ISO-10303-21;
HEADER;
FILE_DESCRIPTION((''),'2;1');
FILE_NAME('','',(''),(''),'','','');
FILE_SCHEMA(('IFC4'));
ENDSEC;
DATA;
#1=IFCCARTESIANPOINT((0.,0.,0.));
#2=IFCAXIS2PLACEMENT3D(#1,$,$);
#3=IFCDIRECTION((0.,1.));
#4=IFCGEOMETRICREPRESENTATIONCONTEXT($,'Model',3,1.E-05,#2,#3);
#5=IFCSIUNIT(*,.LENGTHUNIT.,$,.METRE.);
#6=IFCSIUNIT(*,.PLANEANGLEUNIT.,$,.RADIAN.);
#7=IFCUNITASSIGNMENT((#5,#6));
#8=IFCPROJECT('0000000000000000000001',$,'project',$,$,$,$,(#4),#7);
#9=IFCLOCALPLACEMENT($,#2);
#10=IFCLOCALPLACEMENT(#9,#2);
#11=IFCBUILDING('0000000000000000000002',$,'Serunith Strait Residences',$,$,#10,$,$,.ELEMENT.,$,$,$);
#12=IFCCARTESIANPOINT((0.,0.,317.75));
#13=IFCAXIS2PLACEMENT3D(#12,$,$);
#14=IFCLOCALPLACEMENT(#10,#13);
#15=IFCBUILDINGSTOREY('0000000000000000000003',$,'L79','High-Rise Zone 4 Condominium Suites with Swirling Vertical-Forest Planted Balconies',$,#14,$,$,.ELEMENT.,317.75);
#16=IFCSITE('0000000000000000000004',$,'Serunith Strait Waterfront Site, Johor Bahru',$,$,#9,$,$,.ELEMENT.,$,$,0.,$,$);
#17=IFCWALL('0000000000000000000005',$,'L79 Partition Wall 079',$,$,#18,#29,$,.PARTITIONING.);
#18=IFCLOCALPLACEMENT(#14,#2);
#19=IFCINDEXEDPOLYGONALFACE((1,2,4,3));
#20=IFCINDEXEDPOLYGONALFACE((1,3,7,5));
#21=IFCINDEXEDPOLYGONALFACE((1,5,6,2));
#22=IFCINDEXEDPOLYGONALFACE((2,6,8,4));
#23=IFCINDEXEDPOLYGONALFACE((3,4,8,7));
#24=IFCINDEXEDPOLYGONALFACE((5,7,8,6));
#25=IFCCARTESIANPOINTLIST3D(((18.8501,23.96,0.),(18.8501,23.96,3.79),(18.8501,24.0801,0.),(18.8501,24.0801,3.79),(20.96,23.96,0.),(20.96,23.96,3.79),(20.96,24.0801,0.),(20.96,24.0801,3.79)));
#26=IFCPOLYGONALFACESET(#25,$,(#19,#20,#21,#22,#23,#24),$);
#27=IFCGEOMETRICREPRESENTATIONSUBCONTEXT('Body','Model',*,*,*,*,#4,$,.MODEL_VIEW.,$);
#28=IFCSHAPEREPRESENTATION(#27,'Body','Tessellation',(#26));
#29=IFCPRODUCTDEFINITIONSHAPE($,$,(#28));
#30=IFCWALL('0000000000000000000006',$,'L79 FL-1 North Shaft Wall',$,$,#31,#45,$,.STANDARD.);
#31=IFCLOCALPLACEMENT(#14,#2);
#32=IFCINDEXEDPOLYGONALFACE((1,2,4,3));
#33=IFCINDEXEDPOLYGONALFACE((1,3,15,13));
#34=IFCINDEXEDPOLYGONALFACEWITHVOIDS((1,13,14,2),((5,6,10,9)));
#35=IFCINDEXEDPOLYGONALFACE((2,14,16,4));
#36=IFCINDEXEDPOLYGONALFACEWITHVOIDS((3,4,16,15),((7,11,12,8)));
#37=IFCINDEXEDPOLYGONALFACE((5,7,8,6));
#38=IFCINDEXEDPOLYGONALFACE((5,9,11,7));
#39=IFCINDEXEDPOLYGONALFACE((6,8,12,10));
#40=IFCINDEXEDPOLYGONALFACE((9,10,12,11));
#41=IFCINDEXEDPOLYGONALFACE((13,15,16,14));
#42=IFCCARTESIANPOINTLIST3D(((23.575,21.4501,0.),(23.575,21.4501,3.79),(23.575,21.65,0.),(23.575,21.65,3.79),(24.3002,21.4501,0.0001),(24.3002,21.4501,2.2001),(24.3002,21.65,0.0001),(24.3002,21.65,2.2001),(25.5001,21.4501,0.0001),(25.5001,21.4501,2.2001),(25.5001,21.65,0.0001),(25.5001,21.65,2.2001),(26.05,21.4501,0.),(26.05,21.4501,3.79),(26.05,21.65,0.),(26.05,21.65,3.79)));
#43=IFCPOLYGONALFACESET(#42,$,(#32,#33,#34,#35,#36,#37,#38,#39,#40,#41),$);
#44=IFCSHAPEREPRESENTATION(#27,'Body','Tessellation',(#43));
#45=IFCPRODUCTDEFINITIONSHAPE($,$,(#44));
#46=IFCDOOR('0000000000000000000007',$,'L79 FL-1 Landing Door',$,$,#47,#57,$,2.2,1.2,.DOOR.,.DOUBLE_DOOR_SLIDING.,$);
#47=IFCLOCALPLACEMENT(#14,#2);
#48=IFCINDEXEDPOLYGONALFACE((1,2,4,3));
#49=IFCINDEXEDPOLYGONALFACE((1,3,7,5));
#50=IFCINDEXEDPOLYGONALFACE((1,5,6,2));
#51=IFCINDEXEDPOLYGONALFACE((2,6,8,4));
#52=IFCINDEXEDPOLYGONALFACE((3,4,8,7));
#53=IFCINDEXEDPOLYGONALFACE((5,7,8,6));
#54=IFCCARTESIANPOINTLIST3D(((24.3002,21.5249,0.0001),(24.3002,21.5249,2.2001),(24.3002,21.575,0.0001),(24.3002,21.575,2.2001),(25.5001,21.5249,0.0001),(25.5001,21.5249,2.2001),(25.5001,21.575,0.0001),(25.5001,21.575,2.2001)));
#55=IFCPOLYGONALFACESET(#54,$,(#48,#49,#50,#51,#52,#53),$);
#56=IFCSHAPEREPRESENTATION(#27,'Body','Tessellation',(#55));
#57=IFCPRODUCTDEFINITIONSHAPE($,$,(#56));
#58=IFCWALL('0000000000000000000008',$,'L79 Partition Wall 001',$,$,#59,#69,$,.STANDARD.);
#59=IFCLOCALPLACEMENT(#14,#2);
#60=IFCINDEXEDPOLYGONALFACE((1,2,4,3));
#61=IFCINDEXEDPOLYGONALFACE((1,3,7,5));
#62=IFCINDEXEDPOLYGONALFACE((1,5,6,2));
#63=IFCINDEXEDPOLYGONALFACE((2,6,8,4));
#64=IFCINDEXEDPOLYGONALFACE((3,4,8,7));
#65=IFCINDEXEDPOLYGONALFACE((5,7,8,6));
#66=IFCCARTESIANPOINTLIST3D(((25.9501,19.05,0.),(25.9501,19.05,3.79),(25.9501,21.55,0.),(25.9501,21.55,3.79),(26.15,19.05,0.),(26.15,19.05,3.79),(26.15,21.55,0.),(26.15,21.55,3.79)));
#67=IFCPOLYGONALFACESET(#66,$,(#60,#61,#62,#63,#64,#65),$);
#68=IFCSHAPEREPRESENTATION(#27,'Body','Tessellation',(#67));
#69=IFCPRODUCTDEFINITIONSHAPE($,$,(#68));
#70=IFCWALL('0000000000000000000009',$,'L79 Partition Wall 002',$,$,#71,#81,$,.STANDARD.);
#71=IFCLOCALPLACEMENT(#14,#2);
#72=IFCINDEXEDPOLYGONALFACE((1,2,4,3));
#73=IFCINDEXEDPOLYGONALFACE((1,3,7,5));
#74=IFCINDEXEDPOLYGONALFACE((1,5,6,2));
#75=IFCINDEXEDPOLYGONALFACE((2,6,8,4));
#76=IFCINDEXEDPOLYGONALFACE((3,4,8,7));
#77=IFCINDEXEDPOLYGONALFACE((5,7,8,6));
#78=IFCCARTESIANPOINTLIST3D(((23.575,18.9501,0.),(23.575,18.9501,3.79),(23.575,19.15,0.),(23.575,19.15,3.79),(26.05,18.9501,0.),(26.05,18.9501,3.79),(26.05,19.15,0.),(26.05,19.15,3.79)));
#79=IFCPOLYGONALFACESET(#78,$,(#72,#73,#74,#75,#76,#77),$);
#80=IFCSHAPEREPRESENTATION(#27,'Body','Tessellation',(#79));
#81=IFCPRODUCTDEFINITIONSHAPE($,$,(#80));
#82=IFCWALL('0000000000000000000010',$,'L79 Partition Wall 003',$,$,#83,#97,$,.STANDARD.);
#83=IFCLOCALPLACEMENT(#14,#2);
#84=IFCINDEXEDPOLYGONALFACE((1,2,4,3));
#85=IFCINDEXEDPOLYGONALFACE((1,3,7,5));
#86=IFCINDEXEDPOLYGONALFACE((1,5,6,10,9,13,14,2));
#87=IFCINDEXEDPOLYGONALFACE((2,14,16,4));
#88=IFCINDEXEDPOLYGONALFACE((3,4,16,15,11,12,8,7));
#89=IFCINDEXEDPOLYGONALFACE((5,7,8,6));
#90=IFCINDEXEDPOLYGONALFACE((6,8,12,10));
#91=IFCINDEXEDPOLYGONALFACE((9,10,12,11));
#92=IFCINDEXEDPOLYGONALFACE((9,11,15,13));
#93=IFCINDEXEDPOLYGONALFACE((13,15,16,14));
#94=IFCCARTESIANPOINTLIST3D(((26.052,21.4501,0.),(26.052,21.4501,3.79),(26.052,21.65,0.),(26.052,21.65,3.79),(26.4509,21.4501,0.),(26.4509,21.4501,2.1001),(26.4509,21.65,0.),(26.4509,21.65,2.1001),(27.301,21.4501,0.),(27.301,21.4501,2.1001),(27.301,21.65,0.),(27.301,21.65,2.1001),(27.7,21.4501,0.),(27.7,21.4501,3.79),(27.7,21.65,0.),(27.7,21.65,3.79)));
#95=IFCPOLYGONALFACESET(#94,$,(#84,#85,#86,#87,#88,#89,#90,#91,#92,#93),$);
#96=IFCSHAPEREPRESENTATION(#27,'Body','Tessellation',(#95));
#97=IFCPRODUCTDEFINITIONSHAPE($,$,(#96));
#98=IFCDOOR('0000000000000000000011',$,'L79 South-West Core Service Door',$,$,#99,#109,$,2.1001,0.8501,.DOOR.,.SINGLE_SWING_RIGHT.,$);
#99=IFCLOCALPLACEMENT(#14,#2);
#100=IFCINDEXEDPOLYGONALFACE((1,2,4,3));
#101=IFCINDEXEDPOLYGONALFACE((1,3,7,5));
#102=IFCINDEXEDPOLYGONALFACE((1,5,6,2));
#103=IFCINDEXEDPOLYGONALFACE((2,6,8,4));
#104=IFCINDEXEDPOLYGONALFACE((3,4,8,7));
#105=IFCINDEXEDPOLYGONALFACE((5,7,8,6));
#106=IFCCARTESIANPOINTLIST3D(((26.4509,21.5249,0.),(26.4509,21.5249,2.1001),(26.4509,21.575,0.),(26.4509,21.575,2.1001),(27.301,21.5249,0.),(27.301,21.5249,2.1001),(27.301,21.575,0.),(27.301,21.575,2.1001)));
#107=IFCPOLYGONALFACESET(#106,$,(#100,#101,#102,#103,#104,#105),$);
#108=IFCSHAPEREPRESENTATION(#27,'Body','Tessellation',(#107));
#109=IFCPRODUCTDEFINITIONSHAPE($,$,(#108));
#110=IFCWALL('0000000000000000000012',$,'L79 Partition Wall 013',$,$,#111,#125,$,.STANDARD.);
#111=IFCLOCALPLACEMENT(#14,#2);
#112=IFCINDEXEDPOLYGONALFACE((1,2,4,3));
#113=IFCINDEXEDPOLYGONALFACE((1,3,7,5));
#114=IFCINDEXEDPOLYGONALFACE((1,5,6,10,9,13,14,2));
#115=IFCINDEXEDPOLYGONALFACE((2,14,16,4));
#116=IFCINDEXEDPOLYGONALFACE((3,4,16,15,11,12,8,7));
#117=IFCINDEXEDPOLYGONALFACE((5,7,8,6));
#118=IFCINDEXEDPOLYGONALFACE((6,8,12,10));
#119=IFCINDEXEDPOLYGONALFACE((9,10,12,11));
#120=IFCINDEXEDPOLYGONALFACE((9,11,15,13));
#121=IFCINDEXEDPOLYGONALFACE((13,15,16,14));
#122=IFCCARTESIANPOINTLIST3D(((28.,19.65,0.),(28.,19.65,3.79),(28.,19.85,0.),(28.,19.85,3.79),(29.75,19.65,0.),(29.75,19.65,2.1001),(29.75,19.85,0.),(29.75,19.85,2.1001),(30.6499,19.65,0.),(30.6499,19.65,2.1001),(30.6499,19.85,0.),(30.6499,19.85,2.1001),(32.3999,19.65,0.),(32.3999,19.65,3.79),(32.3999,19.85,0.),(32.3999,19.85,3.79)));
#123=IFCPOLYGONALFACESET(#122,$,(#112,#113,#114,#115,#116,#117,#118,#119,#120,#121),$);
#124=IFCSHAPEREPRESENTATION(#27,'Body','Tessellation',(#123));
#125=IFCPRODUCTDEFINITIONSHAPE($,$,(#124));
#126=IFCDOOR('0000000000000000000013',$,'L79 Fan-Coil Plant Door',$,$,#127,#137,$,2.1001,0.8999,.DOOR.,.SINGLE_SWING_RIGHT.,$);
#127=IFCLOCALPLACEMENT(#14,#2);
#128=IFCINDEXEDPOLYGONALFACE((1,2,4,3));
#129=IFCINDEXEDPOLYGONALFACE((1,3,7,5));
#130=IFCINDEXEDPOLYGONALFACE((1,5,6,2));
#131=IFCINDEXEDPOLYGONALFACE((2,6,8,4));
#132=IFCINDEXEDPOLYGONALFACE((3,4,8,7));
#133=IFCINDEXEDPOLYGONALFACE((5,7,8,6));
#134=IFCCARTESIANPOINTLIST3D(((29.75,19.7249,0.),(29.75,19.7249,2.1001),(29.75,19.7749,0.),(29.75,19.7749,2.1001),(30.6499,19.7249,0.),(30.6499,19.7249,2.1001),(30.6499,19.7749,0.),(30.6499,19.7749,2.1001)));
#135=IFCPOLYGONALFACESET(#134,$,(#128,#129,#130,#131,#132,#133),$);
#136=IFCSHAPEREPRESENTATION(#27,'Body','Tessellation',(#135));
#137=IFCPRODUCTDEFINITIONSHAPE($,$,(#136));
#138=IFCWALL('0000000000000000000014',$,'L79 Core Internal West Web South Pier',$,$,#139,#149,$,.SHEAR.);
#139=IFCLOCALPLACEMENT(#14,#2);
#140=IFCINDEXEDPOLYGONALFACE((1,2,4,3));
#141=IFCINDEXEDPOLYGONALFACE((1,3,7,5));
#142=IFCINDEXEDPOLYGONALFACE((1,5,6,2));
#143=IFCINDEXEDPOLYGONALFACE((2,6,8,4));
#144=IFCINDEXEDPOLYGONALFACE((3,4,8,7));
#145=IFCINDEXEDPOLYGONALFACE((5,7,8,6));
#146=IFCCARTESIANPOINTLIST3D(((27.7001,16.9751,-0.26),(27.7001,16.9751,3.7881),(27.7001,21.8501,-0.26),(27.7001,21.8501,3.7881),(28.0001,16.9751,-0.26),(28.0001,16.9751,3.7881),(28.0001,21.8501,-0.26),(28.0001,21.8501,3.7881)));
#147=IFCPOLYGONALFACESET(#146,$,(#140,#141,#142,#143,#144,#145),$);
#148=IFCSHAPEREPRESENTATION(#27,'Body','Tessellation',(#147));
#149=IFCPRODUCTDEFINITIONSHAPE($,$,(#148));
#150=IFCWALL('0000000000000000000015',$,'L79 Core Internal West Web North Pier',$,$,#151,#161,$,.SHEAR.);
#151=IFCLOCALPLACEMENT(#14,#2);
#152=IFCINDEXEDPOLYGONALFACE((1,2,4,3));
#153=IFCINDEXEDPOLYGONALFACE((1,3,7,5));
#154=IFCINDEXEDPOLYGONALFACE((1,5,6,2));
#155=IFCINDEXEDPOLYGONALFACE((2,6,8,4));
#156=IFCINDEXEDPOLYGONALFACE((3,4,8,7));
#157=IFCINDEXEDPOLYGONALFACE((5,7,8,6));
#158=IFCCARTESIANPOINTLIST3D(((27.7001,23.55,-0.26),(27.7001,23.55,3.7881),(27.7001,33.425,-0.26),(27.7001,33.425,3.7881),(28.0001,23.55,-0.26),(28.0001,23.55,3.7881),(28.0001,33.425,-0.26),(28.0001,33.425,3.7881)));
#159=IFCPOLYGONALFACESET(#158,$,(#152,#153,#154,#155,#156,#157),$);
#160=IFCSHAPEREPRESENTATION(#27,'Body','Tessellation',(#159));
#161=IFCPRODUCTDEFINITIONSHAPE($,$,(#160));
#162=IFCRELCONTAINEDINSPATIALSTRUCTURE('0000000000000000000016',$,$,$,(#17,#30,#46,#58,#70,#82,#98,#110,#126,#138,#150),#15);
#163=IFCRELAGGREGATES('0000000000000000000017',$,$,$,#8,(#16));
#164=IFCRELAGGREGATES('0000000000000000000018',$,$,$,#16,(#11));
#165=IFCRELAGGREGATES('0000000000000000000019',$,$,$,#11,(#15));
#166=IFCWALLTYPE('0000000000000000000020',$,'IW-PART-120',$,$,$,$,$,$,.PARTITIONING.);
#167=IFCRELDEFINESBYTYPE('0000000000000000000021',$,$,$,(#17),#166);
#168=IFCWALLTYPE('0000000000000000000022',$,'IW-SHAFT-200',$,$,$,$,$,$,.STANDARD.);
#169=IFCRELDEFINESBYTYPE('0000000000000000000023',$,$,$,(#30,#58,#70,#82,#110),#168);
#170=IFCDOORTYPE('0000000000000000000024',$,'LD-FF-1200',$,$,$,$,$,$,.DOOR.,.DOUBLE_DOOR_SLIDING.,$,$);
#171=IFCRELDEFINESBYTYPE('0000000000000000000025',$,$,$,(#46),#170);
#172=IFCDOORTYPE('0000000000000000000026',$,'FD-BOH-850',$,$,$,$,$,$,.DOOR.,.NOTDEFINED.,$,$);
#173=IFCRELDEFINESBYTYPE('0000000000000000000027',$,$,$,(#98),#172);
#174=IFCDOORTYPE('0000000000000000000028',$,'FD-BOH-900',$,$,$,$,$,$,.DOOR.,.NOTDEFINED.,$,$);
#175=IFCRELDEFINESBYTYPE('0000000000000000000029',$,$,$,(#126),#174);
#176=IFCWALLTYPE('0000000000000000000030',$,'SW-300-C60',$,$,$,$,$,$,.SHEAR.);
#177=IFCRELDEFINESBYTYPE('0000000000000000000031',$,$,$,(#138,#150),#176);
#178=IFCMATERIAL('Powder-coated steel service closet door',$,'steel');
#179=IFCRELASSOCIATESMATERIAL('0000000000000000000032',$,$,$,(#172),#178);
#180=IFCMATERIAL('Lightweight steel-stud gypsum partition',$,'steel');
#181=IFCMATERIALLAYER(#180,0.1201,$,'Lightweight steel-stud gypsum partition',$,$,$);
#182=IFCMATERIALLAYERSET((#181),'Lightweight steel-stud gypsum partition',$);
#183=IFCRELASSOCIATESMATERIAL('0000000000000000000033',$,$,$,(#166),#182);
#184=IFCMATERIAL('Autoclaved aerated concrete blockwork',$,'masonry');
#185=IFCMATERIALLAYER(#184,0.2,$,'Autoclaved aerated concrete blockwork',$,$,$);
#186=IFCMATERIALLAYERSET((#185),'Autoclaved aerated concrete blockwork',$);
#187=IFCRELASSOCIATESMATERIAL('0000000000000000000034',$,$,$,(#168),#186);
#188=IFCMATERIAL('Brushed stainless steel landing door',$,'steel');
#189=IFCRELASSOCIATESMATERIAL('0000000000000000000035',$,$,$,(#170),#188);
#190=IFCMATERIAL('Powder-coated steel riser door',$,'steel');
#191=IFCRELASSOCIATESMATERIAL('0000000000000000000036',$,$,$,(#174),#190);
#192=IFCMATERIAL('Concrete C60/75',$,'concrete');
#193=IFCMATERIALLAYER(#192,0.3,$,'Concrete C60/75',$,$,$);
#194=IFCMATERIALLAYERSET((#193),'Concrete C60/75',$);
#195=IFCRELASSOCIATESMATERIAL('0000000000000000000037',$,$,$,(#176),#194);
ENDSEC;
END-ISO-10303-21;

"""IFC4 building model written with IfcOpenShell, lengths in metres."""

from ifc_helpers import new_model, si_unit, direction, frame, frame_2d, origin, place, context, subcontext, project, spatial, rectangle, extrude, source, transform, mapped, material, layer, layer_set, type_object, element, fill, save


model = new_model("IFC4")

# Units and contexts
model_context = context("Model", 3, precision=1e-05, world=origin(), true_north=direction((0.0, 1.0)))
body_context = subcontext(model_context, "Body", "Model", "MODEL_VIEW")
ifc_project = project(units=[si_unit("LENGTHUNIT", "METRE"), si_unit("PLANEANGLEUNIT", "RADIAN")], contexts=[model_context])

# Site, building, storey
site_placement = place(None, origin())
site = spatial("IfcSite", under=ifc_project, at=site_placement, Name="Serunith Strait Waterfront Site, Johor Bahru", CompositionType="ELEMENT", RefElevation=0.0)
building_placement = place(site_placement, origin())
building = spatial("IfcBuilding", under=site, at=building_placement, Name="Serunith Strait Residences", CompositionType="ELEMENT")
storey_placement = place(building_placement, frame((0.0, 0.0, 317.75)))
storey = spatial("IfcBuildingStorey", under=building, at=storey_placement, Name="L79", Description="High-Rise Zone 4 Condominium Suites with Swirling Vertical-Forest Planted Balconies", CompositionType="ELEMENT", Elevation=317.75)

# Shared definitions
ifc_material_1 = material(Name="Powder-coated steel service closet door", Category="steel")
door_type_1 = type_object("IfcDoorType", Name="FD-BOH-850", OperationType="NOTDEFINED", PredefinedType="DOOR", material=ifc_material_1)
shared_shape_1 = source(origin(), body_context, "Body", "SweptSolid", [
    extrude(rectangle(XDim=0.8501, YDim=2.1001, at=frame_2d((0.425, 1.05))), frame((0.0, 0.0249, 0.0), z_axis=(0.0, -1.0, 0.0), x_axis=(1.0, 0.0, 0.0)), (0.0, 0.0, 1.0), 0.05),
])

# Wall
ifc_material_2 = material(Name="Lightweight steel-stud gypsum partition", Category="steel")
ifc_layer_1 = layer(ifc_material_2, 0.1201, Name="Lightweight steel-stud gypsum partition")
ifc_layer_set_1 = layer_set([ifc_layer_1], Name="Lightweight steel-stud gypsum partition")
wall_type_1 = type_object("IfcWallType", Name="IW-PART-120", PredefinedType="PARTITIONING", material=ifc_layer_set_1)
wall_1_placement = place(storey_placement, frame((18.8501, 24.02, 0.0), z_axis=(0.0, 0.0, 1.0), x_axis=(1.0, 0.0, 0.0)))
element("IfcWall", 1, at=wall_1_placement, inside=storey, type_object=wall_type_1, Name="L79 Partition Wall 079", PredefinedType="PARTITIONING", context=body_context, shape_type="SweptSolid", body=[
    extrude(rectangle(XDim=2.1099, YDim=0.1201, at=frame_2d((1.0549, 0.0))), origin(), (0.0, 0.0, 1.0), 3.79),
])

# Wall, opening, door
ifc_material_3 = material(Name="Autoclaved aerated concrete blockwork", Category="masonry")
ifc_layer_2 = layer(ifc_material_3, 0.2, Name="Autoclaved aerated concrete blockwork")
ifc_layer_set_2 = layer_set([ifc_layer_2], Name="Autoclaved aerated concrete blockwork")
wall_type_2 = type_object("IfcWallType", Name="IW-SHAFT-200", PredefinedType="STANDARD", material=ifc_layer_set_2)
wall_2_placement = place(storey_placement, frame((23.575, 21.55, 0.0), z_axis=(0.0, 0.0, 1.0), x_axis=(1.0, 0.0, 0.0)))
wall_2 = element("IfcWall", 2, at=wall_2_placement, inside=storey, type_object=wall_type_2, Name="L79 FL-1 North Shaft Wall", PredefinedType="STANDARD", context=body_context, shape_type="SweptSolid", body=[
    extrude(rectangle(XDim=2.4751, YDim=0.2, at=frame_2d((1.2375, 0.0))), origin(), (0.0, 0.0, 1.0), 3.79),
])
opening_1_placement = place(wall_2_placement, frame((0.7251, 0.0, 0.0)))
opening_1 = element("IfcOpeningElement", 3, at=opening_1_placement, cuts=wall_2, PredefinedType="OPENING", context=body_context, shape_type="SweptSolid", body=[
    extrude(rectangle(XDim=1.2, YDim=2.2, at=frame_2d((0.6001, 1.1001))), frame((0.0, 0.1099, 0.0), z_axis=(0.0, -1.0, 0.0), x_axis=(1.0, 0.0, 0.0)), (0.0, 0.0, 1.0), 0.22),
])
ifc_material_4 = material(Name="Brushed stainless steel landing door", Category="steel")
door_type_2 = type_object("IfcDoorType", Name="LD-FF-1200", OperationType="DOUBLE_DOOR_SLIDING", PredefinedType="DOOR", material=ifc_material_4)
shared_shape_2 = source(origin(), body_context, "Body", "SweptSolid", [
    extrude(rectangle(XDim=1.2, YDim=2.2, at=frame_2d((0.6001, 1.1001))), frame((0.0, 0.0249, 0.0), z_axis=(0.0, -1.0, 0.0), x_axis=(1.0, 0.0, 0.0)), (0.0, 0.0, 1.0), 0.05),
])
door_1_placement = place(opening_1_placement, origin())
door_1 = element("IfcDoor", 4, at=door_1_placement, inside=storey, type_object=door_type_2, Name="L79 FL-1 Landing Door", OperationType="DOUBLE_DOOR_SLIDING", OverallHeight=2.2, OverallWidth=1.2, PredefinedType="DOOR", context=body_context, shape_type="MappedRepresentation", body=[
    mapped(shared_shape_2, transform((0.0, 0.0, 0.0), scale=1.0)),
])
fill(opening_1, door_1)

# Walls
wall_3_placement = place(storey_placement, frame((26.05, 19.05, 0.0), z_axis=(0.0, 0.0, 1.0), x_axis=(0.0, 1.0, 0.0)))
element("IfcWall", 5, at=wall_3_placement, inside=storey, type_object=wall_type_2, Name="L79 Partition Wall 001", PredefinedType="STANDARD", context=body_context, shape_type="SweptSolid", body=[
    extrude(rectangle(XDim=2.5, YDim=0.2, at=frame_2d((1.25, 0.0))), origin(), (0.0, 0.0, 1.0), 3.79),
])
wall_4_placement = place(storey_placement, frame((23.575, 19.05, 0.0), z_axis=(0.0, 0.0, 1.0), x_axis=(1.0, 0.0, 0.0)))
element("IfcWall", 6, at=wall_4_placement, inside=storey, type_object=wall_type_2, Name="L79 Partition Wall 002", PredefinedType="STANDARD", context=body_context, shape_type="SweptSolid", body=[
    extrude(rectangle(XDim=2.4751, YDim=0.2, at=frame_2d((1.2375, 0.0))), origin(), (0.0, 0.0, 1.0), 3.79),
])

# Walls, openings, doors
wall_5_placement = place(storey_placement, frame((26.052, 21.55, 0.0), z_axis=(0.0, 0.0, 1.0), x_axis=(1.0, 0.0, 0.0)))
wall_5 = element("IfcWall", 7, at=wall_5_placement, inside=storey, type_object=wall_type_2, Name="L79 Partition Wall 003", PredefinedType="STANDARD", context=body_context, shape_type="SweptSolid", body=[
    extrude(rectangle(XDim=1.6479, YDim=0.2, at=frame_2d((0.824, 0.0))), origin(), (0.0, 0.0, 1.0), 3.79),
])
opening_2_placement = place(wall_5_placement, frame((0.3989, 0.0, 0.0)))
opening_2 = element("IfcOpeningElement", 8, at=opening_2_placement, cuts=wall_5, PredefinedType="OPENING", context=body_context, shape_type="SweptSolid", body=[
    extrude(rectangle(XDim=0.8501, YDim=2.1001, at=frame_2d((0.425, 1.05))), frame((0.0, 0.1099, 0.0), z_axis=(0.0, -1.0, 0.0), x_axis=(1.0, 0.0, 0.0)), (0.0, 0.0, 1.0), 0.22),
])
door_2_placement = place(opening_2_placement, origin())
door_2 = element("IfcDoor", 9, at=door_2_placement, inside=storey, type_object=door_type_1, Name="L79 South-West Core Service Door", OperationType="SINGLE_SWING_RIGHT", OverallHeight=2.1001, OverallWidth=0.8501, PredefinedType="DOOR", context=body_context, shape_type="MappedRepresentation", body=[
    mapped(shared_shape_1, transform((0.0, 0.0, 0.0), scale=1.0)),
])
fill(opening_2, door_2)
wall_6_placement = place(storey_placement, frame((28.0, 19.75, 0.0), z_axis=(0.0, 0.0, 1.0), x_axis=(1.0, 0.0, 0.0)))
wall_6 = element("IfcWall", 10, at=wall_6_placement, inside=storey, type_object=wall_type_2, Name="L79 Partition Wall 013", PredefinedType="STANDARD", context=body_context, shape_type="SweptSolid", body=[
    extrude(rectangle(XDim=4.3999, YDim=0.2, at=frame_2d((2.2, 0.0))), origin(), (0.0, 0.0, 1.0), 3.79),
])
opening_3_placement = place(wall_6_placement, frame((1.75, 0.0, 0.0)))
opening_3 = element("IfcOpeningElement", 11, at=opening_3_placement, cuts=wall_6, PredefinedType="OPENING", context=body_context, shape_type="SweptSolid", body=[
    extrude(rectangle(XDim=0.8999, YDim=2.1001, at=frame_2d((0.45, 1.05))), frame((0.0, 0.1099, 0.0), z_axis=(0.0, -1.0, 0.0), x_axis=(1.0, 0.0, 0.0)), (0.0, 0.0, 1.0), 0.22),
])
ifc_material_5 = material(Name="Powder-coated steel riser door", Category="steel")
door_type_3 = type_object("IfcDoorType", Name="FD-BOH-900", OperationType="NOTDEFINED", PredefinedType="DOOR", material=ifc_material_5)
shared_shape_3 = source(origin(), body_context, "Body", "SweptSolid", [
    extrude(rectangle(XDim=0.8999, YDim=2.1001, at=frame_2d((0.45, 1.05))), frame((0.0, 0.0249, 0.0), z_axis=(0.0, -1.0, 0.0), x_axis=(1.0, 0.0, 0.0)), (0.0, 0.0, 1.0), 0.05),
])
door_3_placement = place(opening_3_placement, origin())
door_3 = element("IfcDoor", 12, at=door_3_placement, inside=storey, type_object=door_type_3, Name="L79 Fan-Coil Plant Door", OperationType="SINGLE_SWING_RIGHT", OverallHeight=2.1001, OverallWidth=0.8999, PredefinedType="DOOR", context=body_context, shape_type="MappedRepresentation", body=[
    mapped(shared_shape_3, transform((0.0, 0.0, 0.0), scale=1.0)),
])
fill(opening_3, door_3)

# Walls
ifc_material_6 = material(Name="Concrete C60/75", Category="concrete")
ifc_layer_3 = layer(ifc_material_6, 0.3, Name="Concrete C60/75")
ifc_layer_set_3 = layer_set([ifc_layer_3], Name="Concrete C60/75")
wall_type_3 = type_object("IfcWallType", Name="SW-300-C60", PredefinedType="SHEAR", material=ifc_layer_set_3)
wall_7_placement = place(storey_placement, frame((27.8501, 16.9751, -0.26), z_axis=(0.0, 0.0, 1.0), x_axis=(0.0, 1.0, 0.0)))
element("IfcWall", 13, at=wall_7_placement, inside=storey, type_object=wall_type_3, Name="L79 Core Internal West Web South Pier", PredefinedType="SHEAR", context=body_context, shape_type="SweptSolid", body=[
    extrude(rectangle(XDim=4.875, YDim=0.3, at=frame_2d((2.4375, 0.0))), origin(), (0.0, 0.0, 1.0), 4.0481),
])
wall_8_placement = place(storey_placement, frame((27.8501, 23.55, -0.26), z_axis=(0.0, 0.0, 1.0), x_axis=(0.0, 1.0, 0.0)))
element("IfcWall", 14, at=wall_8_placement, inside=storey, type_object=wall_type_3, Name="L79 Core Internal West Web North Pier", PredefinedType="SHEAR", context=body_context, shape_type="SweptSolid", body=[
    extrude(rectangle(XDim=9.875, YDim=0.3, at=frame_2d((4.9375, 0.0))), origin(), (0.0, 0.0, 1.0), 4.0481),
])

save(model, "model.ifc")
